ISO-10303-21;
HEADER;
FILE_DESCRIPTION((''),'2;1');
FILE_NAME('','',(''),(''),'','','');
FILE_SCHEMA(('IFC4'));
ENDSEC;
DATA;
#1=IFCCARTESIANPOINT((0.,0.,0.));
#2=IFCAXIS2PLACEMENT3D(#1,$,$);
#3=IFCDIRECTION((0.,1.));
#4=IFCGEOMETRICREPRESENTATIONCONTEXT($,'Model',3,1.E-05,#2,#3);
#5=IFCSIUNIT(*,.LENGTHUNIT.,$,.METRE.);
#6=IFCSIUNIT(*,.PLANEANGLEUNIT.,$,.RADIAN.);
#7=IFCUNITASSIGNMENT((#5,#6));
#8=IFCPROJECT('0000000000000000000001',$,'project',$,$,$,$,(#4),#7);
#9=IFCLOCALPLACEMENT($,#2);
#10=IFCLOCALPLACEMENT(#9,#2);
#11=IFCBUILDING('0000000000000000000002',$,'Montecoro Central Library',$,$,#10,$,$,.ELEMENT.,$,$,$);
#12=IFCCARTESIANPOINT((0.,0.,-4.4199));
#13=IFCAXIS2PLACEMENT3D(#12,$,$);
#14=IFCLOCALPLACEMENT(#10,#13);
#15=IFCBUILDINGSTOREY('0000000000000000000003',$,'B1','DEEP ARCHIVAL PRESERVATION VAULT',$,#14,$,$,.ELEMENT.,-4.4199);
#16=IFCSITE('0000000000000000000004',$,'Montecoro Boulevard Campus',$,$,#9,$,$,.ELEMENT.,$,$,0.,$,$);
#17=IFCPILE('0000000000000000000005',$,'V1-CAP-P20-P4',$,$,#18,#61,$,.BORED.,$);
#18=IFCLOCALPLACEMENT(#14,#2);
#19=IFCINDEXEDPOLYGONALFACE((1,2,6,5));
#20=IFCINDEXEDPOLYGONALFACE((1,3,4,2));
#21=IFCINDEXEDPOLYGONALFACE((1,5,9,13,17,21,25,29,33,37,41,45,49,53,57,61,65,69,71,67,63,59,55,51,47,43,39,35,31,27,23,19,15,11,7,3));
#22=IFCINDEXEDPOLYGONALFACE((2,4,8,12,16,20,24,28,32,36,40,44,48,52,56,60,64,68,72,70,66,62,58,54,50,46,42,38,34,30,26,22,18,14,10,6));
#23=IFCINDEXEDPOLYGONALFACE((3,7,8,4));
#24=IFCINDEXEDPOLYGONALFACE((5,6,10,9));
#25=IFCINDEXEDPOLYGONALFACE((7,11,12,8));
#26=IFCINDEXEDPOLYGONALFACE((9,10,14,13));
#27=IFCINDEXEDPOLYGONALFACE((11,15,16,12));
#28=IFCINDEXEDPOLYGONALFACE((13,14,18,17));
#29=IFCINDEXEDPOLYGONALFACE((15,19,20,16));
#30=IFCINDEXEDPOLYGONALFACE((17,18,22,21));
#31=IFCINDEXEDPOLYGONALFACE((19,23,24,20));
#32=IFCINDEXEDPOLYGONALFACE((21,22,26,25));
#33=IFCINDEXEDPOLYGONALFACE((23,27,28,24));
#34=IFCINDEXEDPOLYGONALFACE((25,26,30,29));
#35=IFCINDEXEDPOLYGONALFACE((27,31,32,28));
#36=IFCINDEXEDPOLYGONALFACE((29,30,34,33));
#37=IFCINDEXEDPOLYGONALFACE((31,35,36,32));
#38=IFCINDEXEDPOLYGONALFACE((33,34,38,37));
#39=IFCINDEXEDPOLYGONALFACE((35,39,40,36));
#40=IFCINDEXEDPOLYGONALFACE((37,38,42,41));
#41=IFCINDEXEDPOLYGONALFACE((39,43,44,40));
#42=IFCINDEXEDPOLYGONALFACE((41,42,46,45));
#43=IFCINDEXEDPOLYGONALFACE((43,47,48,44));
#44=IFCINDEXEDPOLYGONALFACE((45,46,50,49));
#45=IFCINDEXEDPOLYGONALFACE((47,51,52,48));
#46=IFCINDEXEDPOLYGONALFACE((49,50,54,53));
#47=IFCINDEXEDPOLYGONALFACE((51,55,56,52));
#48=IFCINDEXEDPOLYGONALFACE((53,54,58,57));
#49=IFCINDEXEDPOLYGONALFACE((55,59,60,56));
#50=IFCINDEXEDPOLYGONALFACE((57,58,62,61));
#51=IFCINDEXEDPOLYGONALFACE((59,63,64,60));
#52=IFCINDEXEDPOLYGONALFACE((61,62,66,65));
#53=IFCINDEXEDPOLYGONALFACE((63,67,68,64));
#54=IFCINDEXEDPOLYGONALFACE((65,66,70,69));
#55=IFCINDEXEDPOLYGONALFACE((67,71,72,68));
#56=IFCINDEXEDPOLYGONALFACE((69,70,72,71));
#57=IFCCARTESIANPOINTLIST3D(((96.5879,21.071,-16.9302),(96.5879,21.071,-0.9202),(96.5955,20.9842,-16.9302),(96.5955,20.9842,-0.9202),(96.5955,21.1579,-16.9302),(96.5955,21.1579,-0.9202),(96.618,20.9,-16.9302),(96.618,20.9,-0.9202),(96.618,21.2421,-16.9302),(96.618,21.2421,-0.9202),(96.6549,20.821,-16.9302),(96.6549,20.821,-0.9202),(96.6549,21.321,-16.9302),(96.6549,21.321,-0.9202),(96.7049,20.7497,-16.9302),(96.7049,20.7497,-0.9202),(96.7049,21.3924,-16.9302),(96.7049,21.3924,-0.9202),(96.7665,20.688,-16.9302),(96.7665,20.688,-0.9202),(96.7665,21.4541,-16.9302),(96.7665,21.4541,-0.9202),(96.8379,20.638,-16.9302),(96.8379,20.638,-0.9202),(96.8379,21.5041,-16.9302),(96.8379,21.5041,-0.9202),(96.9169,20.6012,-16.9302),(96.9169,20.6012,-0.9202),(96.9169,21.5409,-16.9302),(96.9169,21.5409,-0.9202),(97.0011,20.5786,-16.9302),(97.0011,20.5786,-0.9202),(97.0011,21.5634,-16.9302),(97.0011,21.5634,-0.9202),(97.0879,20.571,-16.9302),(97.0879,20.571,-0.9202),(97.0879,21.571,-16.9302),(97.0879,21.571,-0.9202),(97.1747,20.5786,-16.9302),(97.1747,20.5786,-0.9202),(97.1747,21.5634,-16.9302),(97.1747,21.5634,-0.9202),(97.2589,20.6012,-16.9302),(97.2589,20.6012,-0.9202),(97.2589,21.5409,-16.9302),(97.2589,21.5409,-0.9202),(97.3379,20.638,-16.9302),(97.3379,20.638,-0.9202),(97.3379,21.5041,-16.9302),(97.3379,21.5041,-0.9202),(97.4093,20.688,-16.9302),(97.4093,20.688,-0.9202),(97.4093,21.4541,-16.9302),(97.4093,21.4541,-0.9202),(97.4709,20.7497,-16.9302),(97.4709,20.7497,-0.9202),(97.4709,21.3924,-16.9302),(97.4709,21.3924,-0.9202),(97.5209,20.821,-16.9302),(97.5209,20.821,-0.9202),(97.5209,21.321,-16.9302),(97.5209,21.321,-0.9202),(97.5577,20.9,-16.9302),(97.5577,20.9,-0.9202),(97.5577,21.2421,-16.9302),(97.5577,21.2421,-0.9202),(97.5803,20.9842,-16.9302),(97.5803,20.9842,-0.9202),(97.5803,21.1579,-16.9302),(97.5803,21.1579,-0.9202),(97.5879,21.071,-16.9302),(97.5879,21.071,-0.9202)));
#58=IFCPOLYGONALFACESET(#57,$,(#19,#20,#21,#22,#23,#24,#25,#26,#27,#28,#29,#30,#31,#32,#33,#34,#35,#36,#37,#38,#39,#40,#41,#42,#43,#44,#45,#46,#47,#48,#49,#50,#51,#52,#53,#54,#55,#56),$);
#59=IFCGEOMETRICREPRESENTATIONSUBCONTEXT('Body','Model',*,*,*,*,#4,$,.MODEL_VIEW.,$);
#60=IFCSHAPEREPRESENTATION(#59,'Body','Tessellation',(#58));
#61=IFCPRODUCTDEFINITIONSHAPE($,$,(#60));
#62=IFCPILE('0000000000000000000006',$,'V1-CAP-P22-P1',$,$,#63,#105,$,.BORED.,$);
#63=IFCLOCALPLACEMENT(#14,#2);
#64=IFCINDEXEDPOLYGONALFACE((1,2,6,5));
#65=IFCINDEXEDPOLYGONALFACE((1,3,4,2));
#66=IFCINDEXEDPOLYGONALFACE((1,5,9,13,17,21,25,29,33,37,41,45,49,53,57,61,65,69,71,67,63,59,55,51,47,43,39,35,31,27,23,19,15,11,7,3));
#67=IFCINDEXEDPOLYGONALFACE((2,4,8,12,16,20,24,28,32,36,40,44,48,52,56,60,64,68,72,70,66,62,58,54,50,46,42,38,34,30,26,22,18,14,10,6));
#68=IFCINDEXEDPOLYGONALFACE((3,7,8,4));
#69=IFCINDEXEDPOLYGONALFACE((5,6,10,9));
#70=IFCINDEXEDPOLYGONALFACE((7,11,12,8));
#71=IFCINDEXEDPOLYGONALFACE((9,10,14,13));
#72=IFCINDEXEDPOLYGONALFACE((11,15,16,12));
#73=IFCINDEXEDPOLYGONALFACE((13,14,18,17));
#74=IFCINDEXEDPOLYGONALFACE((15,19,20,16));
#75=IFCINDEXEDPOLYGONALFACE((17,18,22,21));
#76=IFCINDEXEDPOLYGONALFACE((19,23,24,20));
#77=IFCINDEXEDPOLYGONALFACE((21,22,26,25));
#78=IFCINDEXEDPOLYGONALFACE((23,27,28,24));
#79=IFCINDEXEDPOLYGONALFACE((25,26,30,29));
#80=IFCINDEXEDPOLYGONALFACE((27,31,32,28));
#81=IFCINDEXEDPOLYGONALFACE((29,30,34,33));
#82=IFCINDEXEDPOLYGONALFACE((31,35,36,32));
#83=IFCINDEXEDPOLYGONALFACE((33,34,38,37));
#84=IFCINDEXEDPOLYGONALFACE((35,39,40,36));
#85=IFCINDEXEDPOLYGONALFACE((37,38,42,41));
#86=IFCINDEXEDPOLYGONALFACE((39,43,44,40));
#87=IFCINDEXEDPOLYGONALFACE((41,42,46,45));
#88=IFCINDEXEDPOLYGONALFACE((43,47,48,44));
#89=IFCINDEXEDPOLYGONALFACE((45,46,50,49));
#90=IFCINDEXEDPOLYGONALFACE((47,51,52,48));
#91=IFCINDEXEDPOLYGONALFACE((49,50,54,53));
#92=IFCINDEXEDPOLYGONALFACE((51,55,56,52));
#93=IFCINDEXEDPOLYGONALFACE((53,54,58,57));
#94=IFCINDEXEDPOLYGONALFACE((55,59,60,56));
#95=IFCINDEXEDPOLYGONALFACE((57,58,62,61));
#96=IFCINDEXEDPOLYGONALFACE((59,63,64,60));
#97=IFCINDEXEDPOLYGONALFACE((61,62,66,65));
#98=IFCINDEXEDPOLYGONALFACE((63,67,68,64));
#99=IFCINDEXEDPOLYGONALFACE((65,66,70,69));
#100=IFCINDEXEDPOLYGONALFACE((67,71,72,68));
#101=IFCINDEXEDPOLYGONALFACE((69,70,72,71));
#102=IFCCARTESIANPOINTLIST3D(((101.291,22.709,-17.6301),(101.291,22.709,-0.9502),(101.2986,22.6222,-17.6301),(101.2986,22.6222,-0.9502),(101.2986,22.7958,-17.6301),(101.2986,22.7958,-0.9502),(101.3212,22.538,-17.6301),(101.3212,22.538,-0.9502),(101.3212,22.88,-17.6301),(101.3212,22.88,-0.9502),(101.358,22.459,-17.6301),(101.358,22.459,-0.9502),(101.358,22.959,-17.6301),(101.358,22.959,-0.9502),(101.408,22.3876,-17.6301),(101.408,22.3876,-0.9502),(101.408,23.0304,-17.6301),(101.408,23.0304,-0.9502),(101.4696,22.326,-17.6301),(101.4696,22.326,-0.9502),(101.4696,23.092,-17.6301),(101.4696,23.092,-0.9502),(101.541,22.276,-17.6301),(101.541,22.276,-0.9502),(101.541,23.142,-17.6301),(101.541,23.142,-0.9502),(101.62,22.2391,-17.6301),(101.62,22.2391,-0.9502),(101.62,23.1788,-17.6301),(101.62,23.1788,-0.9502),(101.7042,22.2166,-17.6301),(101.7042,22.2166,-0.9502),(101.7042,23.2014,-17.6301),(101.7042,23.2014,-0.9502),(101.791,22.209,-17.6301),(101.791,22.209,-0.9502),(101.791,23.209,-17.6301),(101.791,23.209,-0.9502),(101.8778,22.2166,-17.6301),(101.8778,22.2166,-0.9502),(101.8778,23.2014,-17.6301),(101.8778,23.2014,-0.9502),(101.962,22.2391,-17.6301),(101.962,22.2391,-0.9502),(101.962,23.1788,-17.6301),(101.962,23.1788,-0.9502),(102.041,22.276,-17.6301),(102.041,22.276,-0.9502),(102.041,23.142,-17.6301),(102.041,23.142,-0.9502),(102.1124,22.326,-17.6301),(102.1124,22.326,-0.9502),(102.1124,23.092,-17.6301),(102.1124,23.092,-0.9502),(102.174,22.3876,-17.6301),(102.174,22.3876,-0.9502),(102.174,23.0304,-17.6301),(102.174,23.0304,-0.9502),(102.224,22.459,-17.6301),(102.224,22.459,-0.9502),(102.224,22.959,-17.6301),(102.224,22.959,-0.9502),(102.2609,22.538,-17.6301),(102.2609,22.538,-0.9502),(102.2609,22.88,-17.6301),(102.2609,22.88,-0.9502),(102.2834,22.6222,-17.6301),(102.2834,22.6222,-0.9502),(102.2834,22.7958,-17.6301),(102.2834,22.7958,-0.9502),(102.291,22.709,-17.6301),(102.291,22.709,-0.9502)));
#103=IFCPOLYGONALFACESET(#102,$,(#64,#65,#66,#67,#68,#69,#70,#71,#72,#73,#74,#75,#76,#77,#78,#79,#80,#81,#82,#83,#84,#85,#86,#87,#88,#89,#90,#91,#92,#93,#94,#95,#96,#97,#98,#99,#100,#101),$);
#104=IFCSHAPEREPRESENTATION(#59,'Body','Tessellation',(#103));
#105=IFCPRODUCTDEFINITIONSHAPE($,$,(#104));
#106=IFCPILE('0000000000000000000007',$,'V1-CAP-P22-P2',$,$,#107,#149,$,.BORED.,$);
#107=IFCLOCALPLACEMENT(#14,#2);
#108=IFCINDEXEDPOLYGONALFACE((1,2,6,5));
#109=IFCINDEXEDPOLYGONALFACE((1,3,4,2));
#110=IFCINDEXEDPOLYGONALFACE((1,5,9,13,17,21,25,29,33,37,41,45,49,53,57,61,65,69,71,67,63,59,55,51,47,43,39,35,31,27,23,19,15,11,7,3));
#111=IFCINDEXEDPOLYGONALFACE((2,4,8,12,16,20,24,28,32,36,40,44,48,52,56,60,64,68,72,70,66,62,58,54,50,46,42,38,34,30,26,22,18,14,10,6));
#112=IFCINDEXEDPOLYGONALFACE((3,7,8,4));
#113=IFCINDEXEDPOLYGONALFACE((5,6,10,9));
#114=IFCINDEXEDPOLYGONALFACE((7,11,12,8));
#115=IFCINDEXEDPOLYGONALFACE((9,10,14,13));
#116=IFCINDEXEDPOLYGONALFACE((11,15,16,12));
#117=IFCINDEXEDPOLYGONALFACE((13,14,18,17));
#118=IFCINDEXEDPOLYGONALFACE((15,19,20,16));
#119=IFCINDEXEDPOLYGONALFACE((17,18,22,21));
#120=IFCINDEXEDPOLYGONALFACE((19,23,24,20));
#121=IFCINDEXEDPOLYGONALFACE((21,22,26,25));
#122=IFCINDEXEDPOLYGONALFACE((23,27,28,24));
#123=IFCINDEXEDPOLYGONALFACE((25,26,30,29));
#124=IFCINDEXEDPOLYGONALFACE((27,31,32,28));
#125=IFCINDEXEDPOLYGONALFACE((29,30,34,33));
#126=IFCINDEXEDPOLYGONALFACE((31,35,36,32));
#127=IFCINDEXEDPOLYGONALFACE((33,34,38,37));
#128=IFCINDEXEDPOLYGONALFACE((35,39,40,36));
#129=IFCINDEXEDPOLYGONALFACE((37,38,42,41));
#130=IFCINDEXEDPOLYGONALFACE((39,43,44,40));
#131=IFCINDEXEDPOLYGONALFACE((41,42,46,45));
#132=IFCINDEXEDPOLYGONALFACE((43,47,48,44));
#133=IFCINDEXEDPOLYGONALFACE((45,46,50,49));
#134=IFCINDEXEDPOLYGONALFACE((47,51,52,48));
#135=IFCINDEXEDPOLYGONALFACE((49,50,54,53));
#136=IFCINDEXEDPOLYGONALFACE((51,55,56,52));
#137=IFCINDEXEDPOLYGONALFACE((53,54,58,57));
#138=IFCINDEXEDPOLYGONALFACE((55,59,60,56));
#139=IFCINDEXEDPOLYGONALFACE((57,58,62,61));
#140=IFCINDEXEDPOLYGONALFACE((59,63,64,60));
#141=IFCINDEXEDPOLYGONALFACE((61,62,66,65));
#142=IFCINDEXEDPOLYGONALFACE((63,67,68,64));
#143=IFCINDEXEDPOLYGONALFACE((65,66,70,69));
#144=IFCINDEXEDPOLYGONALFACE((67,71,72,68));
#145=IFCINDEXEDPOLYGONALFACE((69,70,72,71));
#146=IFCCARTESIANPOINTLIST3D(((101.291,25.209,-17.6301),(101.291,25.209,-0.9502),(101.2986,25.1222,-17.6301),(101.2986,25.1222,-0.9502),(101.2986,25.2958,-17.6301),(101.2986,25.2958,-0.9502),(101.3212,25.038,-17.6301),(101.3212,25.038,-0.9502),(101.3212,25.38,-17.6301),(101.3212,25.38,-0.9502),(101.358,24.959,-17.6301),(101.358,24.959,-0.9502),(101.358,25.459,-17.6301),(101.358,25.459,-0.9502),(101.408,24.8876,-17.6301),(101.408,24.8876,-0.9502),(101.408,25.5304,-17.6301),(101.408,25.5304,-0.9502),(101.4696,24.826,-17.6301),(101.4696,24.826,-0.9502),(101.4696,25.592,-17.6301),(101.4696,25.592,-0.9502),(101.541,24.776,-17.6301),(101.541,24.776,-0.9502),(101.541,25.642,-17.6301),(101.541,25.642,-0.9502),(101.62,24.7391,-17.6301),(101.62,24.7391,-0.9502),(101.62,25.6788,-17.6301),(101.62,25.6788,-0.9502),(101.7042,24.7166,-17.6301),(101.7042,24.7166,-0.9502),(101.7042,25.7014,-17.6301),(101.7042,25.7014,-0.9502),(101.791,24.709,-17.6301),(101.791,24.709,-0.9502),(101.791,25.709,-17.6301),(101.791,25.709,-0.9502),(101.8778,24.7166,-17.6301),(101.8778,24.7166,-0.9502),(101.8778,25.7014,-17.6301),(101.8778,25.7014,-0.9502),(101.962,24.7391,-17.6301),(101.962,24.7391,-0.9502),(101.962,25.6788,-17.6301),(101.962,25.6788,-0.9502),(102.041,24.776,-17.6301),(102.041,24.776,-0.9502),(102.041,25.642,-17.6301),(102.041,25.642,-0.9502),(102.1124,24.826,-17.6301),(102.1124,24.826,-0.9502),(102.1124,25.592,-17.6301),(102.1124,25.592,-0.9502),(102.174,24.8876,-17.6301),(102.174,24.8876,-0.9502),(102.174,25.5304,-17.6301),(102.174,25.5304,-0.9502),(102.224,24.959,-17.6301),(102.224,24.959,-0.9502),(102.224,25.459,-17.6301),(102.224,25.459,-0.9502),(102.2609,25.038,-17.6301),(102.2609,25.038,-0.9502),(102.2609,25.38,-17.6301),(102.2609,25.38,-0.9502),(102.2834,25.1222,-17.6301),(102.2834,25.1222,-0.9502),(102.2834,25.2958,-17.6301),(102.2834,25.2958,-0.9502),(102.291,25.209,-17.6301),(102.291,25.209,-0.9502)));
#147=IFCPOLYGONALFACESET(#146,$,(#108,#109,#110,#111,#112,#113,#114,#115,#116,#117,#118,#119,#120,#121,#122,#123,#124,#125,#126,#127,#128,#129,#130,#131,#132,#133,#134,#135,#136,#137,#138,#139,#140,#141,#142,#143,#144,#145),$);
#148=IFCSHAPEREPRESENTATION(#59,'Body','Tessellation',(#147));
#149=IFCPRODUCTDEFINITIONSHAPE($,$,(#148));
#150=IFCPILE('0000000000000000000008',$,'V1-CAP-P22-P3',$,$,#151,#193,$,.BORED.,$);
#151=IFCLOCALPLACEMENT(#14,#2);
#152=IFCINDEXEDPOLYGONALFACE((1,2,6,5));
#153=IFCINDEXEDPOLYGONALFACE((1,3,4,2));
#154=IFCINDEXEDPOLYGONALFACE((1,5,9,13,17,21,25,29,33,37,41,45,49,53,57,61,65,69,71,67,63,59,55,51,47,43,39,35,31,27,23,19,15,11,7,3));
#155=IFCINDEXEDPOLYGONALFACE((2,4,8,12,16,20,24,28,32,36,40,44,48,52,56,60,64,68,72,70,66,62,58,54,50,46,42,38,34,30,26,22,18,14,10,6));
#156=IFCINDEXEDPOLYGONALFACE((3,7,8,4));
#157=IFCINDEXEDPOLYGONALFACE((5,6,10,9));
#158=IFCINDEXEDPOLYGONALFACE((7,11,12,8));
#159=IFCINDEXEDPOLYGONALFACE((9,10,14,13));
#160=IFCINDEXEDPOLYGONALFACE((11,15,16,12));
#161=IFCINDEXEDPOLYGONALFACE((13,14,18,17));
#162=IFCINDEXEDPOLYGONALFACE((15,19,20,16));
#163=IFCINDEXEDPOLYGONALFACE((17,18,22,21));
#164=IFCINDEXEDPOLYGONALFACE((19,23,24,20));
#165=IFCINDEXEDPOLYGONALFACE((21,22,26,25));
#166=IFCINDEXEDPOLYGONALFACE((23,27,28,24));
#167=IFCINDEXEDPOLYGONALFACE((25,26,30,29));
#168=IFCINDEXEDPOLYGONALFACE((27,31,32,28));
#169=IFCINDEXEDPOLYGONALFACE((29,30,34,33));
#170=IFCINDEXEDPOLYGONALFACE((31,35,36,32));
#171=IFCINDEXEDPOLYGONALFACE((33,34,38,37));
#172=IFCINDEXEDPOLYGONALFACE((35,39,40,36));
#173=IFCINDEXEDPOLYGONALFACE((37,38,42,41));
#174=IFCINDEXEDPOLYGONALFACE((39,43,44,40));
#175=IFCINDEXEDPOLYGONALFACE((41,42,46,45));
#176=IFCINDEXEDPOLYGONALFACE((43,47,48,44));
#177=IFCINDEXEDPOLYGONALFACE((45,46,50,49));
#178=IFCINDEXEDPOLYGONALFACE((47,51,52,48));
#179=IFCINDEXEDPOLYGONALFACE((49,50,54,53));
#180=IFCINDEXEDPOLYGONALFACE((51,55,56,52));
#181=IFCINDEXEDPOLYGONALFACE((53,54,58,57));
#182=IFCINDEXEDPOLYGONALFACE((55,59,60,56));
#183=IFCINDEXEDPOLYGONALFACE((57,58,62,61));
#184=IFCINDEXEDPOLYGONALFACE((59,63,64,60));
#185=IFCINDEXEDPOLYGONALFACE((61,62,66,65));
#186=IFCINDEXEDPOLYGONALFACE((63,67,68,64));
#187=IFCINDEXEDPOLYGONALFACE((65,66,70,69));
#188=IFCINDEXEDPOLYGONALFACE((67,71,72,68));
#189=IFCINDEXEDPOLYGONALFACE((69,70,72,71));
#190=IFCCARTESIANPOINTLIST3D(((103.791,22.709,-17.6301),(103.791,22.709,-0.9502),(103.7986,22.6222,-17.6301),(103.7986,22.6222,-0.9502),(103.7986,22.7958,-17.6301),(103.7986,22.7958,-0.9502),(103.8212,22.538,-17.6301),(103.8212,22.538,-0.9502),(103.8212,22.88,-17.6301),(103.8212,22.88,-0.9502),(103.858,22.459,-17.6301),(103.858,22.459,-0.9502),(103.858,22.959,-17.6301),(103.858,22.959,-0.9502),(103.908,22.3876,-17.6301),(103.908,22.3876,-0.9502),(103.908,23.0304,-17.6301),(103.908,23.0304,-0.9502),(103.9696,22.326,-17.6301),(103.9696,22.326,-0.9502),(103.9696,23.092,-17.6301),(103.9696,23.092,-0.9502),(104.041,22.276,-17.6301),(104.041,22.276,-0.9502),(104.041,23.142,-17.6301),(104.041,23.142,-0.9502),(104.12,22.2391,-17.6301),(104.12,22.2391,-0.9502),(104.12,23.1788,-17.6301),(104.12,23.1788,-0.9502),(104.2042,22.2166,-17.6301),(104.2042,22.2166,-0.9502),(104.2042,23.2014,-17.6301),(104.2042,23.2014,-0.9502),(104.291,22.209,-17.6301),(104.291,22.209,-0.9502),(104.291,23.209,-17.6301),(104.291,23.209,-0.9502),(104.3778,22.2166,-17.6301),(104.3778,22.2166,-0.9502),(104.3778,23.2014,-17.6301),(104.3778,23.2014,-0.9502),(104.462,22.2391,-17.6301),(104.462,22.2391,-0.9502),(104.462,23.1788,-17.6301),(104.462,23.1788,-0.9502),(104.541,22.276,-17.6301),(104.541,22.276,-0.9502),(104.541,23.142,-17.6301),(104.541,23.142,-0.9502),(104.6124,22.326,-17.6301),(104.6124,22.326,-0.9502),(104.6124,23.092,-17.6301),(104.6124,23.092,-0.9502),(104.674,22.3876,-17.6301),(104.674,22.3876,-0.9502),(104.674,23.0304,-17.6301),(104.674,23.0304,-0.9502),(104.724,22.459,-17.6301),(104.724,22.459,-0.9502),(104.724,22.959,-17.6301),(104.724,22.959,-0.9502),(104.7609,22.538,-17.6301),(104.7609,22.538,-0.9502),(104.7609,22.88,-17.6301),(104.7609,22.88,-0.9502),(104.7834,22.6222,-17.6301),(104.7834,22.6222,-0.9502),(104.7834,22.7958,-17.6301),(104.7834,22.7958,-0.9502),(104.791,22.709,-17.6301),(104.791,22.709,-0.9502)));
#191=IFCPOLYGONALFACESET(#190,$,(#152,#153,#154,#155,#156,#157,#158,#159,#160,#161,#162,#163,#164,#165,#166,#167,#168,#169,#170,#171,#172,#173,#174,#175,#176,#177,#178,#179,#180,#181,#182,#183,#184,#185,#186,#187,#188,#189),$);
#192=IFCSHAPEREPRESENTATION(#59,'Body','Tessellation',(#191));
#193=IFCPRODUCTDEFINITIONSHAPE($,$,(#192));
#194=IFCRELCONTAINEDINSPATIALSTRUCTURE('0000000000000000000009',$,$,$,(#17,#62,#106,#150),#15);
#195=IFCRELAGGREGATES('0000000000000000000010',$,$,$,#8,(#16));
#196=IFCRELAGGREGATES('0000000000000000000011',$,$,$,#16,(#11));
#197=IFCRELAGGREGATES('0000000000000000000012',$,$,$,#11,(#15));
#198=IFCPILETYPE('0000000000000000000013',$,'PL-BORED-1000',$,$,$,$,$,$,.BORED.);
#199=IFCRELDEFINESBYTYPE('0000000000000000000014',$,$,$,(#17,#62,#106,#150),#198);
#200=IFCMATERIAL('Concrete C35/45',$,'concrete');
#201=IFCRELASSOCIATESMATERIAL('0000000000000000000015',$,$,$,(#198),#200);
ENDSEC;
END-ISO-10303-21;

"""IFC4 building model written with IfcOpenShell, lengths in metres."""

from ifc_helpers import new_model, si_unit, direction, frame, origin, origin_2d, place, context, subcontext, project, spatial, circle, extrude, material, material_profile, profile_set, type_object, element, save


model = new_model("IFC4")

# Units and contexts
model_context = context("Model", 3, precision=1e-05, world=origin(), true_north=direction((0.0, 1.0)))
body_context = subcontext(model_context, "Body", "Model", "MODEL_VIEW")
ifc_project = project(units=[si_unit("LENGTHUNIT", "METRE"), si_unit("PLANEANGLEUNIT", "RADIAN")], contexts=[model_context])

# Site, building, storey
site_placement = place(None, origin())
site = spatial("IfcSite", under=ifc_project, at=site_placement, Name="Montecoro Boulevard Campus", CompositionType="ELEMENT", RefElevation=0.0)
building_placement = place(site_placement, origin())
building = spatial("IfcBuilding", under=site, at=building_placement, Name="Montecoro Central Library", CompositionType="ELEMENT")
storey_placement = place(building_placement, frame((0.0, 0.0, -4.4199)))
storey = spatial("IfcBuildingStorey", under=building, at=storey_placement, Name="B1", Description="DEEP ARCHIVAL PRESERVATION VAULT", CompositionType="ELEMENT", Elevation=-4.4199)

# Shared definitions
ifc_material_1 = material(Name="Concrete C35/45", Category="concrete")

# Piles
ifc_material_profile_1 = material_profile(ifc_material_1, circle(Radius=0.5, at=origin_2d()), Name="PILE D1000")
ifc_profile_set_1 = profile_set([ifc_material_profile_1], Name="Concrete C35/45")
pile_type_1 = type_object("IfcPileType", Name="PL-BORED-1000", PredefinedType="BORED", material=ifc_profile_set_1)
for number, where, z_axis, x_axis, name in (
    (1, (97.0879, 21.071, -0.9202), (0.0, 0.0, -1.0), (1.0, 0.0, 0.0), "V1-CAP-P20-P4"),
):
    element("IfcPile", number, at=place(storey_placement, frame(where, z_axis=z_axis, x_axis=x_axis)), inside=storey, type_object=pile_type_1, Name=name, PredefinedType="BORED", context=body_context, shape_type="SweptSolid", body=[
        extrude(circle(Radius=0.5, at=origin_2d()), origin(), (0.0, 0.0, 1.0), 16.01),
    ])
for number, where, z_axis, x_axis, name in (
    (2, (101.791, 22.709, -0.9502), (0.0, 0.0, -1.0), (1.0, 0.0, 0.0), "V1-CAP-P22-P1"),
    (3, (101.791, 25.209, -0.9502), (0.0, 0.0, -1.0), (1.0, 0.0, 0.0), "V1-CAP-P22-P2"),
    (4, (104.291, 22.709, -0.9502), (0.0, 0.0, -1.0), (1.0, 0.0, 0.0), "V1-CAP-P22-P3"),
):
    element("IfcPile", number, at=place(storey_placement, frame(where, z_axis=z_axis, x_axis=x_axis)), inside=storey, type_object=pile_type_1, Name=name, PredefinedType="BORED", context=body_context, shape_type="SweptSolid", body=[
        extrude(circle(Radius=0.5, at=origin_2d()), origin(), (0.0, 0.0, 1.0), 16.6799),
    ])

save(model, "model.ifc")
